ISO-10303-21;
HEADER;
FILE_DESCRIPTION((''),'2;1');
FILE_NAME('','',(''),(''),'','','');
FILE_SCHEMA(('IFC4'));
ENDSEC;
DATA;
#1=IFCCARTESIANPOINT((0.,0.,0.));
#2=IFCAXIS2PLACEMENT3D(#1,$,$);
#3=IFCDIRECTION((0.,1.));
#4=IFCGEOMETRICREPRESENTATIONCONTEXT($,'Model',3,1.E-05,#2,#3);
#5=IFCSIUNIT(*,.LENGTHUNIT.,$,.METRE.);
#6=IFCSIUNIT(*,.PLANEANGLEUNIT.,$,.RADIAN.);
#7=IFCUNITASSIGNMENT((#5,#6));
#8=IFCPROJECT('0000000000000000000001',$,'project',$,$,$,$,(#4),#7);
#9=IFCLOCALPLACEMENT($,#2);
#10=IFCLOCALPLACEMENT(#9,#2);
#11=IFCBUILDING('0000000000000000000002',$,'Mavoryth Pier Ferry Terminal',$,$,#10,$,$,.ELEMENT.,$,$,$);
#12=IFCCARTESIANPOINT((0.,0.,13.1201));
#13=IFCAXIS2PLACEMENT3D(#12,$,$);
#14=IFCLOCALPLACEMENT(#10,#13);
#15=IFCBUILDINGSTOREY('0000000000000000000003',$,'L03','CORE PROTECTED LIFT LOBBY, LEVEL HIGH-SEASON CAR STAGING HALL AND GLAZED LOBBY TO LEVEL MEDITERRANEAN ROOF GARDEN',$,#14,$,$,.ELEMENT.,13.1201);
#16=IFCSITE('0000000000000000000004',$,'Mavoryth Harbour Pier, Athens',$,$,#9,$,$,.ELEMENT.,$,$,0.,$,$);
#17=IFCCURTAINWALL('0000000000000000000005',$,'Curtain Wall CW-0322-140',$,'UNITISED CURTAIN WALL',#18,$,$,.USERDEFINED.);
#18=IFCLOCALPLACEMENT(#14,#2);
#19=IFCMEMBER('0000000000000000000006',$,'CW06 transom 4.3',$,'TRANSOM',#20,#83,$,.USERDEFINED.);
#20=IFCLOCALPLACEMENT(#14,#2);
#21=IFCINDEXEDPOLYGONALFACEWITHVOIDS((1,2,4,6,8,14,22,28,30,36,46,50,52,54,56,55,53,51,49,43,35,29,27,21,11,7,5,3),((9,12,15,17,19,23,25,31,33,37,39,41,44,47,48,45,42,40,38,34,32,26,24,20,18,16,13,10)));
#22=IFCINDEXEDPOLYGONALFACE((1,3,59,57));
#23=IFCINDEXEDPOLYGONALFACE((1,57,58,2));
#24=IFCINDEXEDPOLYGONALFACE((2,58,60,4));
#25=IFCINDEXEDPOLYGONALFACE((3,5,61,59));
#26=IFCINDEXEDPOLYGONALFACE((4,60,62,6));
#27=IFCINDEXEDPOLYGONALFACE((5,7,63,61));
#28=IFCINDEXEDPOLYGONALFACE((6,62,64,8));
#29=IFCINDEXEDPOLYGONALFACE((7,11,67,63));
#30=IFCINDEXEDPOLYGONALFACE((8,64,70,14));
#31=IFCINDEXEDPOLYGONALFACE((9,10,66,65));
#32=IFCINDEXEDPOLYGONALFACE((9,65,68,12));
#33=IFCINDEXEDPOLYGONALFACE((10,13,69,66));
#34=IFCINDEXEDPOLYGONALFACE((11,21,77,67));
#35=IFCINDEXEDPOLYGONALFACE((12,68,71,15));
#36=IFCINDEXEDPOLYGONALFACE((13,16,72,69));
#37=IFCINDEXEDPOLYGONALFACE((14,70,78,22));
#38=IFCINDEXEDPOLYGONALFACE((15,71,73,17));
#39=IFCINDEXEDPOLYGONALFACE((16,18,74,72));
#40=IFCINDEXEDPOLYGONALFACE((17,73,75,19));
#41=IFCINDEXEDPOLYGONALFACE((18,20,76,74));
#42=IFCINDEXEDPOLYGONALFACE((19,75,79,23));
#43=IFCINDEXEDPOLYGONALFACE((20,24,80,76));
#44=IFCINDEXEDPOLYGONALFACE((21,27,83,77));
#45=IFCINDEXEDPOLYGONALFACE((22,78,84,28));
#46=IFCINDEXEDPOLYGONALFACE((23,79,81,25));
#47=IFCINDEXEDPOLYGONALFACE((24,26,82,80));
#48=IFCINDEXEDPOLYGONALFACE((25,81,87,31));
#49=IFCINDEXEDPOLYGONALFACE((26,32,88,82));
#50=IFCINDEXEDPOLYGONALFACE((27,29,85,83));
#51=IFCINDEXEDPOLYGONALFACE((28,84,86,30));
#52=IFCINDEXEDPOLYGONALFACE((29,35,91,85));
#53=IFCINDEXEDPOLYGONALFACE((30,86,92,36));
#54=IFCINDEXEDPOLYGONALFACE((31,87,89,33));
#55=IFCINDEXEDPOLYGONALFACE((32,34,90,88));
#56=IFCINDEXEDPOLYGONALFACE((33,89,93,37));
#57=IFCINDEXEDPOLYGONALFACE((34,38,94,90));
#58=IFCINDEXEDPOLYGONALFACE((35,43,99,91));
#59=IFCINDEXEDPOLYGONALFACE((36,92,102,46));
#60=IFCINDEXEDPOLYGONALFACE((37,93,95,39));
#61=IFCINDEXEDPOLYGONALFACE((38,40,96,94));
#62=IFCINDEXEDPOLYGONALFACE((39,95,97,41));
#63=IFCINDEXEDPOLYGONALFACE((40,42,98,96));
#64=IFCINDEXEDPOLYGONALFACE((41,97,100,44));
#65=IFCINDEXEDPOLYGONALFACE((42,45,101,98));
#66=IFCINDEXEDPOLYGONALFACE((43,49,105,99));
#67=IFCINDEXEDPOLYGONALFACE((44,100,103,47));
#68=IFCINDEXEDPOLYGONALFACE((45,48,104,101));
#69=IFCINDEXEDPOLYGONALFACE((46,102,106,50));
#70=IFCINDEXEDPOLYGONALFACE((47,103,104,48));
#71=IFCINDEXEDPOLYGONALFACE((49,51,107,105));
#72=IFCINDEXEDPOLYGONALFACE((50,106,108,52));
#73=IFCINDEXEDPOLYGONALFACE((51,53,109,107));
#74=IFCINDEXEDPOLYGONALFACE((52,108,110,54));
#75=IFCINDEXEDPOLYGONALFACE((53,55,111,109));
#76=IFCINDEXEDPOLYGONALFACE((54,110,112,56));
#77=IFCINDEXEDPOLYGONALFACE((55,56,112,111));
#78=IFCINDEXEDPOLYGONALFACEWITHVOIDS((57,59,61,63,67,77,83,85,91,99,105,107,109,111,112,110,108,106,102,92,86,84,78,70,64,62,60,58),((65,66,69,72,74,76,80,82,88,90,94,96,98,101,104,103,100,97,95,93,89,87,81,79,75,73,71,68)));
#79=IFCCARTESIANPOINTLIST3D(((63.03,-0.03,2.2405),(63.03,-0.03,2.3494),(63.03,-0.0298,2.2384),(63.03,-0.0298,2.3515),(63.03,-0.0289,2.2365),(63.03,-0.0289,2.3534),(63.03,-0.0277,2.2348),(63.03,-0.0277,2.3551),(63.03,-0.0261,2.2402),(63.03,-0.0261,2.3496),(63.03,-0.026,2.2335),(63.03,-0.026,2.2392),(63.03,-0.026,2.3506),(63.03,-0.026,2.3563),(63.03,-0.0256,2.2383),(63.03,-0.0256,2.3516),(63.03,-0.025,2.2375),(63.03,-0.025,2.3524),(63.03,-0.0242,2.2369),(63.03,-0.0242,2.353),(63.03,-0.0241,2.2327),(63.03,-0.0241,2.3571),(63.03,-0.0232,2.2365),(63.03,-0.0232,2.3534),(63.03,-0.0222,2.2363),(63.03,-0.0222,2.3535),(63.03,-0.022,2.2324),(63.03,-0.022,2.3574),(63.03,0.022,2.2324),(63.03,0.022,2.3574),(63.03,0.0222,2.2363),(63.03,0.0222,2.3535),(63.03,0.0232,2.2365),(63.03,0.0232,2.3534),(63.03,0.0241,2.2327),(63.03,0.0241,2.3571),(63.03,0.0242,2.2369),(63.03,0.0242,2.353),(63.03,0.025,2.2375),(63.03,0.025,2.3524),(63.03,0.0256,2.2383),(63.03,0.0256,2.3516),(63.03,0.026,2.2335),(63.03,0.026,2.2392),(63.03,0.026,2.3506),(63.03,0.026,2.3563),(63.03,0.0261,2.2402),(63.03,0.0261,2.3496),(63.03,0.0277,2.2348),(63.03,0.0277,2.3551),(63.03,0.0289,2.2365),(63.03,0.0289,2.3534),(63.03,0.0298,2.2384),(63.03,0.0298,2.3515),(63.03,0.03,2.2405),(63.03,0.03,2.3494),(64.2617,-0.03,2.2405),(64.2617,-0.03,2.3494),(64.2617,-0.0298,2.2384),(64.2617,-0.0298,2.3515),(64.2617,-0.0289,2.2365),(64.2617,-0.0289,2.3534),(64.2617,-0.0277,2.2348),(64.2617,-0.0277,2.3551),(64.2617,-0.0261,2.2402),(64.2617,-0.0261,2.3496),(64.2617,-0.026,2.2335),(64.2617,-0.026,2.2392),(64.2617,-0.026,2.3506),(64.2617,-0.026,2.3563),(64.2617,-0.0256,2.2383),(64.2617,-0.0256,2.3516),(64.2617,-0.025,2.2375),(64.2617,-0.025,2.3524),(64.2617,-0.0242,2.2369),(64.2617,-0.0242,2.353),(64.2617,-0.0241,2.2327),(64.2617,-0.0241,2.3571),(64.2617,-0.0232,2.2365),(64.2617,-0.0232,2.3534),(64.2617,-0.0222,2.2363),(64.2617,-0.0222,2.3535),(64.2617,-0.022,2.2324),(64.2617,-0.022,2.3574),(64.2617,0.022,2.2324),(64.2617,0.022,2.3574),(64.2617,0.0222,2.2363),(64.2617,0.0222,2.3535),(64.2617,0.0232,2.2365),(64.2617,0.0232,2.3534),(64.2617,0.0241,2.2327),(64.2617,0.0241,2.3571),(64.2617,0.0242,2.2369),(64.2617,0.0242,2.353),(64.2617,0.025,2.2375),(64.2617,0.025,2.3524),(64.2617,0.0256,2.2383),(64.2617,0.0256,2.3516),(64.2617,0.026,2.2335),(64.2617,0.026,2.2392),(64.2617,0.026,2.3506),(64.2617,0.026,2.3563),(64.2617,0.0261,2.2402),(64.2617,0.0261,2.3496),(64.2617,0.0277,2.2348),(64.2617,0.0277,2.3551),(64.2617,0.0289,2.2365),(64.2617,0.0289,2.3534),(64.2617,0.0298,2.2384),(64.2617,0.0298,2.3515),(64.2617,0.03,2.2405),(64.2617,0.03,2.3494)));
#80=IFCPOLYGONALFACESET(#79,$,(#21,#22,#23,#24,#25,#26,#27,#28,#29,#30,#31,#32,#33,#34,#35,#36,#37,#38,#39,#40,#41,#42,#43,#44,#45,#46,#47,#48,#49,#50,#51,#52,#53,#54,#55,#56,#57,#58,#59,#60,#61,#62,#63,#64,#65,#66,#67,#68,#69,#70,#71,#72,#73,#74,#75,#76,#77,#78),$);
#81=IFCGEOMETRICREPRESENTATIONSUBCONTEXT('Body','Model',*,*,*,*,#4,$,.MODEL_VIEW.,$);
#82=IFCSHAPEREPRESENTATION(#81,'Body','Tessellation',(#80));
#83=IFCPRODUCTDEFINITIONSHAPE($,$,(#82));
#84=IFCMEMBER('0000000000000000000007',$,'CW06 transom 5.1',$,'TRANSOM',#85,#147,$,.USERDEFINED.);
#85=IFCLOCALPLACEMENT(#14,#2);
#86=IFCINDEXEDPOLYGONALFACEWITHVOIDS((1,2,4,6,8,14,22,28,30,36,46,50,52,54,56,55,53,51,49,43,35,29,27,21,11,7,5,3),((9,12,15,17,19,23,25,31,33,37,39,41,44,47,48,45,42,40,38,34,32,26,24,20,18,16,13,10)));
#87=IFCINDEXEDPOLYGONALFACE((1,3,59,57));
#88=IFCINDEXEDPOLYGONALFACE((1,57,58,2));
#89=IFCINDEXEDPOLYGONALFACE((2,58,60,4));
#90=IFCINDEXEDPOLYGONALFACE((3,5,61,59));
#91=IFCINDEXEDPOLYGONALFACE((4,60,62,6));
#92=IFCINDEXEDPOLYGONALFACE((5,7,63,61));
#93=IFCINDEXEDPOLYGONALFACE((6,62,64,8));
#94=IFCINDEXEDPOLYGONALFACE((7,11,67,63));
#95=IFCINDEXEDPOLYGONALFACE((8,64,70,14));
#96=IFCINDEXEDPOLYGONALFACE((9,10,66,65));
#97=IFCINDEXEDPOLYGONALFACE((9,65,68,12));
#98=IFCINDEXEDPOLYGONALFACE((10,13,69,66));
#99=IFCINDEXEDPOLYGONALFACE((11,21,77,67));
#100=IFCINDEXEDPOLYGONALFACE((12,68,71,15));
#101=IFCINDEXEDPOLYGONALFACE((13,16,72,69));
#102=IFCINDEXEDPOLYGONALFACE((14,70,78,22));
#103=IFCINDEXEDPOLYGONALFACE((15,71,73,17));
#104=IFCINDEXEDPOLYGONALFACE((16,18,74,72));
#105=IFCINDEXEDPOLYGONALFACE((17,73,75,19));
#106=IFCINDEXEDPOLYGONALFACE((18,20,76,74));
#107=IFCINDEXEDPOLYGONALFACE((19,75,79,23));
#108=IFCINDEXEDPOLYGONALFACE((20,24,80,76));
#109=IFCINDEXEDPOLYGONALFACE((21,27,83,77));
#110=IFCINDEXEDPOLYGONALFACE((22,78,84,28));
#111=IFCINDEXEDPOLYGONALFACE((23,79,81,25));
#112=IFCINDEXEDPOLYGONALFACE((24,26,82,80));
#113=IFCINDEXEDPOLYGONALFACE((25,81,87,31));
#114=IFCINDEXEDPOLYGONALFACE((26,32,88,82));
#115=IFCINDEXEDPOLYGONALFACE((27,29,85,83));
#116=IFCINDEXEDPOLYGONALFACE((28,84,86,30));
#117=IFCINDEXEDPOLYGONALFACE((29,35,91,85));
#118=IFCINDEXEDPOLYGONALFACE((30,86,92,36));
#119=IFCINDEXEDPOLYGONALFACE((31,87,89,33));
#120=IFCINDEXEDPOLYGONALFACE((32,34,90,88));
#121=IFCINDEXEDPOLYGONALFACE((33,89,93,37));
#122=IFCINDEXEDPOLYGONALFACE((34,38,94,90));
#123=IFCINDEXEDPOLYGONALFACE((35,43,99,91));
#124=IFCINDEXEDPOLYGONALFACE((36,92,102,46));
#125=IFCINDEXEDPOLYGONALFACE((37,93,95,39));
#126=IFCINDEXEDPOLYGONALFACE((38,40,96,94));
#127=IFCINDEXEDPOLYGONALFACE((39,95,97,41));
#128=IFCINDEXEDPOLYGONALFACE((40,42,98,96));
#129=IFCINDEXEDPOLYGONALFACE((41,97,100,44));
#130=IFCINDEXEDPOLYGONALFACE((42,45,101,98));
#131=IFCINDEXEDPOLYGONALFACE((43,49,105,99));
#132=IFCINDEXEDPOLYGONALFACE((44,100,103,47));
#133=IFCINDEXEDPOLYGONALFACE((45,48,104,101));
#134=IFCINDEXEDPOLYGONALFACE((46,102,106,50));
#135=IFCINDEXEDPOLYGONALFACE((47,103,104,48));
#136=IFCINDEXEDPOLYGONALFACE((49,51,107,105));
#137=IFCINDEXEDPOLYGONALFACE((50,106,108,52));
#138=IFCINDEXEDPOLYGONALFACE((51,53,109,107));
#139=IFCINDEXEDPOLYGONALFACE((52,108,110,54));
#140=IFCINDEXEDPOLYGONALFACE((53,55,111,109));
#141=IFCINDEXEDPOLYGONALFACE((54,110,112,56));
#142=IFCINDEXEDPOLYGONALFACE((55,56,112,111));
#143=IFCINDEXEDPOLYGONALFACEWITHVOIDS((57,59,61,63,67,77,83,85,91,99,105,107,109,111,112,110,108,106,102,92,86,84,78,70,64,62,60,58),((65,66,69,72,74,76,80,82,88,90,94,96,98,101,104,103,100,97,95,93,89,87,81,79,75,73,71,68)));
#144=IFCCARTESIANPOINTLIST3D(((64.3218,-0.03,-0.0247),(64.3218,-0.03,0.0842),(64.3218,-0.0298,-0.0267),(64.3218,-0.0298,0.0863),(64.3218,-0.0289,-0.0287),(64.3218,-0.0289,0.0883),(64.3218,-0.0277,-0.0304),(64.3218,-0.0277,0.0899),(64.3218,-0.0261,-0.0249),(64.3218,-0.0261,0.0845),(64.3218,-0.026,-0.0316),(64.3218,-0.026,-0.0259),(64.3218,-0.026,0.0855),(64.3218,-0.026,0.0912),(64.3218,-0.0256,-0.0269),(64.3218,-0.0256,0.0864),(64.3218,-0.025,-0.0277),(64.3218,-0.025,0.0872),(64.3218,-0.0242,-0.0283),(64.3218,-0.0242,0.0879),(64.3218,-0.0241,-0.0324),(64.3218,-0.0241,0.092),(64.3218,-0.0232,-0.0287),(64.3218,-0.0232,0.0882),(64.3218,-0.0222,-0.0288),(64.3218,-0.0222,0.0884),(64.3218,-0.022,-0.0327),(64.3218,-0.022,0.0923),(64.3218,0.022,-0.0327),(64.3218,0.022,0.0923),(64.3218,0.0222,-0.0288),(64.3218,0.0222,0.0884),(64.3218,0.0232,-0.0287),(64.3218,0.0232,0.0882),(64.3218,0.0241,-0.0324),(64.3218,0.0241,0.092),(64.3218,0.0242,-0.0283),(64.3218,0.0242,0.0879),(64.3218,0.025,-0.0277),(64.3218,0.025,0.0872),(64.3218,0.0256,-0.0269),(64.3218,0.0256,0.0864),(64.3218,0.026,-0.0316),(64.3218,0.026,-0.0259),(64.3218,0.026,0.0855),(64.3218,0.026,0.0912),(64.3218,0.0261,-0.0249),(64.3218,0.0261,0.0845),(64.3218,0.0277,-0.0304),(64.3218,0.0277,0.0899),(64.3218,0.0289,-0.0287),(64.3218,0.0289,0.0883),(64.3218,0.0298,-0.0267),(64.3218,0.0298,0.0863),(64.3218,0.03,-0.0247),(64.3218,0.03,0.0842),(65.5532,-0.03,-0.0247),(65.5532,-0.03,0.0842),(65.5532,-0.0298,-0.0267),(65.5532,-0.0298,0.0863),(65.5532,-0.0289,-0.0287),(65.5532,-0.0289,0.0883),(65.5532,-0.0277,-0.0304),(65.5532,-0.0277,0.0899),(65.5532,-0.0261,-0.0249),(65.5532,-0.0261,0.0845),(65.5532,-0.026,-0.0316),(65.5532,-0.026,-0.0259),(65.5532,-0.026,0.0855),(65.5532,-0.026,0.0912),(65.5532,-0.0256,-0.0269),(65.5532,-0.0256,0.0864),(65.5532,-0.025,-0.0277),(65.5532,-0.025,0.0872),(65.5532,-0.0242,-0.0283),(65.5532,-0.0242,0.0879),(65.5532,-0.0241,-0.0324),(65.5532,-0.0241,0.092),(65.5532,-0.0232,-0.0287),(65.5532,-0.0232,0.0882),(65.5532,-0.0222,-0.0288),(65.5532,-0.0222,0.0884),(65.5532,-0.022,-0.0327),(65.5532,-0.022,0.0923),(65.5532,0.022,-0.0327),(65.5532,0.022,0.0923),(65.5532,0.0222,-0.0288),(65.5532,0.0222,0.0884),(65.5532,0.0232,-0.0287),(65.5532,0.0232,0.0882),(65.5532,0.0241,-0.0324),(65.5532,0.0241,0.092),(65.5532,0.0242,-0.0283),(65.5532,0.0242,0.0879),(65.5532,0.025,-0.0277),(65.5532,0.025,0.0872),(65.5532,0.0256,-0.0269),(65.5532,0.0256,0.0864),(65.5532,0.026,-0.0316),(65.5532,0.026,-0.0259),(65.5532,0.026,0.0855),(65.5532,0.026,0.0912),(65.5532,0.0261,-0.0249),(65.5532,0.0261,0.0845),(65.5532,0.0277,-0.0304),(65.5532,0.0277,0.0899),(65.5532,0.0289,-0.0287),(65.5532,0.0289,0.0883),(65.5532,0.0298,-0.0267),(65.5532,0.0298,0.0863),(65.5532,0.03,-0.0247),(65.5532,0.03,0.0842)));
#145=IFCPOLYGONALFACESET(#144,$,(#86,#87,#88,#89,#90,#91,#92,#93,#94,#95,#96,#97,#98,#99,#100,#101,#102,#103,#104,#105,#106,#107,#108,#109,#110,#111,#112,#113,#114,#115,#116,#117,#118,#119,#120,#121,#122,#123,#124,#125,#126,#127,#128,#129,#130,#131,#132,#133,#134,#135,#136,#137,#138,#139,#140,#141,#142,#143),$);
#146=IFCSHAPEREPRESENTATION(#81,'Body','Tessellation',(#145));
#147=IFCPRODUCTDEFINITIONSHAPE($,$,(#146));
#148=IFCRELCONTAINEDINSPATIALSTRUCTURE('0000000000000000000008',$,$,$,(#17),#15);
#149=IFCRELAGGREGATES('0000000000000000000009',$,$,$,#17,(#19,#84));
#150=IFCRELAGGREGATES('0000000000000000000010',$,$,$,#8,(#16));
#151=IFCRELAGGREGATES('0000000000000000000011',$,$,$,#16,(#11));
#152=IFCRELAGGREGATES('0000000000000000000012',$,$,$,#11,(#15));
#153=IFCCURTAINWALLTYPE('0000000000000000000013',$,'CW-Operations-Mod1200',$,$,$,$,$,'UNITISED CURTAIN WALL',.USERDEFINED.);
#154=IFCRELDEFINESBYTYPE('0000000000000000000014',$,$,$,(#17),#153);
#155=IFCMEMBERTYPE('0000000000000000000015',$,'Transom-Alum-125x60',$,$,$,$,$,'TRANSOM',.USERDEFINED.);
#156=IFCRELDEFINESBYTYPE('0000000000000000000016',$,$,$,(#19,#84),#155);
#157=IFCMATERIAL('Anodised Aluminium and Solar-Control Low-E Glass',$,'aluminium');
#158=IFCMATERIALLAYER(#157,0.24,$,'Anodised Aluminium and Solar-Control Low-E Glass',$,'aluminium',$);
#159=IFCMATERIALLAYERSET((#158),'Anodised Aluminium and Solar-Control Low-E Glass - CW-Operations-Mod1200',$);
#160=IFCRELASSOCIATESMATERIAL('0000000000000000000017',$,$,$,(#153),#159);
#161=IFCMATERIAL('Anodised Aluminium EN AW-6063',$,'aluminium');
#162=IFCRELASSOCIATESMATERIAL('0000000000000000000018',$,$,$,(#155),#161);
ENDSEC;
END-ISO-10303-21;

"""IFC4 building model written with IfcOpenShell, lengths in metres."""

from ifc_helpers import new_model, si_unit, direction, frame, origin, origin_2d, place, context, subcontext, project, spatial, hollow_rectangle, extrude, material, layer, layer_set, material_profile, profile_set, type_object, element, aggregate, save


model = new_model("IFC4")

# Units and contexts
model_context = context("Model", 3, precision=1e-05, world=origin(), true_north=direction((0.0, 1.0)))
body_context = subcontext(model_context, "Body", "Model", "MODEL_VIEW")
ifc_project = project(units=[si_unit("LENGTHUNIT", "METRE"), si_unit("PLANEANGLEUNIT", "RADIAN")], contexts=[model_context])

# Site, building, storey
site_placement = place(None, origin())
site = spatial("IfcSite", under=ifc_project, at=site_placement, Name="Mavoryth Harbour Pier, Athens", CompositionType="ELEMENT", RefElevation=0.0)
building_placement = place(site_placement, origin())
building = spatial("IfcBuilding", under=site, at=building_placement, Name="Mavoryth Pier Ferry Terminal", CompositionType="ELEMENT")
storey_placement = place(building_placement, frame((0.0, 0.0, 13.1201)))
storey = spatial("IfcBuildingStorey", under=building, at=storey_placement, Name="L03", Description="CORE PROTECTED LIFT LOBBY, LEVEL HIGH-SEASON CAR STAGING HALL AND GLAZED LOBBY TO LEVEL MEDITERRANEAN ROOF GARDEN", CompositionType="ELEMENT", Elevation=13.1201)

# Curtain wall, members
ifc_material_1 = material(Name="Anodised Aluminium and Solar-Control Low-E Glass", Category="aluminium")
ifc_layer_1 = layer(ifc_material_1, 0.24, Name="Anodised Aluminium and Solar-Control Low-E Glass", Category="aluminium")
ifc_layer_set_1 = layer_set([ifc_layer_1], Name="Anodised Aluminium and Solar-Control Low-E Glass - CW-Operations-Mod1200")
curtain_wall_type = type_object("IfcCurtainWallType", Name="CW-Operations-Mod1200", ElementType="UNITISED CURTAIN WALL", PredefinedType="USERDEFINED", material=ifc_layer_set_1)
curtain_wall_placement = place(storey_placement, origin())
curtain_wall = element("IfcCurtainWall", 1, at=curtain_wall_placement, inside=storey, type_object=curtain_wall_type, Name="Curtain Wall CW-0322-140", ObjectType="UNITISED CURTAIN WALL", PredefinedType="USERDEFINED")
ifc_material_2 = material(Name="Anodised Aluminium EN AW-6063", Category="aluminium")
ifc_material_profile_1 = material_profile(ifc_material_2, hollow_rectangle(XDim=0.0601, YDim=0.125, WallThickness=0.0039, InnerFilletRadius=0.0039, OuterFilletRadius=0.0081, at=origin_2d()), Name="AL-TRAN 125x60x4", Category="aluminium")
ifc_profile_set_1 = profile_set([ifc_material_profile_1], Name="Anodised Aluminium EN AW-6063 - AL-TRAN 125x60x4")
member_type_1 = type_object("IfcMemberType", Name="Transom-Alum-125x60", ElementType="TRANSOM", PredefinedType="USERDEFINED", material=ifc_profile_set_1)
member_1_placement = place(storey_placement, frame((63.03, 0.0, 2.2949), z_axis=(1.0, 0.0, 0.0), x_axis=(0.0, 1.0, 0.0)))
member_1 = element("IfcMember", 2, at=member_1_placement, type_object=member_type_1, Name="CW06 transom 4.3", ObjectType="TRANSOM", PredefinedType="USERDEFINED", context=body_context, shape_type="SweptSolid", body=[
    extrude(hollow_rectangle(XDim=0.0601, YDim=0.125, WallThickness=0.0039, InnerFilletRadius=0.0039, OuterFilletRadius=0.0081, at=origin_2d()), origin(), (0.0, 0.0, 1.0), 1.2317),
])
member_2_placement = place(storey_placement, frame((64.3218, 0.0, 0.0298), z_axis=(1.0, 0.0, 0.0), x_axis=(0.0, 1.0, 0.0)))
member_2 = element("IfcMember", 3, at=member_2_placement, type_object=member_type_1, Name="CW06 transom 5.1", ObjectType="TRANSOM", PredefinedType="USERDEFINED", context=body_context, shape_type="SweptSolid", body=[
    extrude(hollow_rectangle(XDim=0.0601, YDim=0.125, WallThickness=0.0039, InnerFilletRadius=0.0039, OuterFilletRadius=0.0081, at=origin_2d()), origin(), (0.0, 0.0, 1.0), 1.2314),
])
aggregate(curtain_wall, [member_1, member_2])

save(model, "model.ifc")
